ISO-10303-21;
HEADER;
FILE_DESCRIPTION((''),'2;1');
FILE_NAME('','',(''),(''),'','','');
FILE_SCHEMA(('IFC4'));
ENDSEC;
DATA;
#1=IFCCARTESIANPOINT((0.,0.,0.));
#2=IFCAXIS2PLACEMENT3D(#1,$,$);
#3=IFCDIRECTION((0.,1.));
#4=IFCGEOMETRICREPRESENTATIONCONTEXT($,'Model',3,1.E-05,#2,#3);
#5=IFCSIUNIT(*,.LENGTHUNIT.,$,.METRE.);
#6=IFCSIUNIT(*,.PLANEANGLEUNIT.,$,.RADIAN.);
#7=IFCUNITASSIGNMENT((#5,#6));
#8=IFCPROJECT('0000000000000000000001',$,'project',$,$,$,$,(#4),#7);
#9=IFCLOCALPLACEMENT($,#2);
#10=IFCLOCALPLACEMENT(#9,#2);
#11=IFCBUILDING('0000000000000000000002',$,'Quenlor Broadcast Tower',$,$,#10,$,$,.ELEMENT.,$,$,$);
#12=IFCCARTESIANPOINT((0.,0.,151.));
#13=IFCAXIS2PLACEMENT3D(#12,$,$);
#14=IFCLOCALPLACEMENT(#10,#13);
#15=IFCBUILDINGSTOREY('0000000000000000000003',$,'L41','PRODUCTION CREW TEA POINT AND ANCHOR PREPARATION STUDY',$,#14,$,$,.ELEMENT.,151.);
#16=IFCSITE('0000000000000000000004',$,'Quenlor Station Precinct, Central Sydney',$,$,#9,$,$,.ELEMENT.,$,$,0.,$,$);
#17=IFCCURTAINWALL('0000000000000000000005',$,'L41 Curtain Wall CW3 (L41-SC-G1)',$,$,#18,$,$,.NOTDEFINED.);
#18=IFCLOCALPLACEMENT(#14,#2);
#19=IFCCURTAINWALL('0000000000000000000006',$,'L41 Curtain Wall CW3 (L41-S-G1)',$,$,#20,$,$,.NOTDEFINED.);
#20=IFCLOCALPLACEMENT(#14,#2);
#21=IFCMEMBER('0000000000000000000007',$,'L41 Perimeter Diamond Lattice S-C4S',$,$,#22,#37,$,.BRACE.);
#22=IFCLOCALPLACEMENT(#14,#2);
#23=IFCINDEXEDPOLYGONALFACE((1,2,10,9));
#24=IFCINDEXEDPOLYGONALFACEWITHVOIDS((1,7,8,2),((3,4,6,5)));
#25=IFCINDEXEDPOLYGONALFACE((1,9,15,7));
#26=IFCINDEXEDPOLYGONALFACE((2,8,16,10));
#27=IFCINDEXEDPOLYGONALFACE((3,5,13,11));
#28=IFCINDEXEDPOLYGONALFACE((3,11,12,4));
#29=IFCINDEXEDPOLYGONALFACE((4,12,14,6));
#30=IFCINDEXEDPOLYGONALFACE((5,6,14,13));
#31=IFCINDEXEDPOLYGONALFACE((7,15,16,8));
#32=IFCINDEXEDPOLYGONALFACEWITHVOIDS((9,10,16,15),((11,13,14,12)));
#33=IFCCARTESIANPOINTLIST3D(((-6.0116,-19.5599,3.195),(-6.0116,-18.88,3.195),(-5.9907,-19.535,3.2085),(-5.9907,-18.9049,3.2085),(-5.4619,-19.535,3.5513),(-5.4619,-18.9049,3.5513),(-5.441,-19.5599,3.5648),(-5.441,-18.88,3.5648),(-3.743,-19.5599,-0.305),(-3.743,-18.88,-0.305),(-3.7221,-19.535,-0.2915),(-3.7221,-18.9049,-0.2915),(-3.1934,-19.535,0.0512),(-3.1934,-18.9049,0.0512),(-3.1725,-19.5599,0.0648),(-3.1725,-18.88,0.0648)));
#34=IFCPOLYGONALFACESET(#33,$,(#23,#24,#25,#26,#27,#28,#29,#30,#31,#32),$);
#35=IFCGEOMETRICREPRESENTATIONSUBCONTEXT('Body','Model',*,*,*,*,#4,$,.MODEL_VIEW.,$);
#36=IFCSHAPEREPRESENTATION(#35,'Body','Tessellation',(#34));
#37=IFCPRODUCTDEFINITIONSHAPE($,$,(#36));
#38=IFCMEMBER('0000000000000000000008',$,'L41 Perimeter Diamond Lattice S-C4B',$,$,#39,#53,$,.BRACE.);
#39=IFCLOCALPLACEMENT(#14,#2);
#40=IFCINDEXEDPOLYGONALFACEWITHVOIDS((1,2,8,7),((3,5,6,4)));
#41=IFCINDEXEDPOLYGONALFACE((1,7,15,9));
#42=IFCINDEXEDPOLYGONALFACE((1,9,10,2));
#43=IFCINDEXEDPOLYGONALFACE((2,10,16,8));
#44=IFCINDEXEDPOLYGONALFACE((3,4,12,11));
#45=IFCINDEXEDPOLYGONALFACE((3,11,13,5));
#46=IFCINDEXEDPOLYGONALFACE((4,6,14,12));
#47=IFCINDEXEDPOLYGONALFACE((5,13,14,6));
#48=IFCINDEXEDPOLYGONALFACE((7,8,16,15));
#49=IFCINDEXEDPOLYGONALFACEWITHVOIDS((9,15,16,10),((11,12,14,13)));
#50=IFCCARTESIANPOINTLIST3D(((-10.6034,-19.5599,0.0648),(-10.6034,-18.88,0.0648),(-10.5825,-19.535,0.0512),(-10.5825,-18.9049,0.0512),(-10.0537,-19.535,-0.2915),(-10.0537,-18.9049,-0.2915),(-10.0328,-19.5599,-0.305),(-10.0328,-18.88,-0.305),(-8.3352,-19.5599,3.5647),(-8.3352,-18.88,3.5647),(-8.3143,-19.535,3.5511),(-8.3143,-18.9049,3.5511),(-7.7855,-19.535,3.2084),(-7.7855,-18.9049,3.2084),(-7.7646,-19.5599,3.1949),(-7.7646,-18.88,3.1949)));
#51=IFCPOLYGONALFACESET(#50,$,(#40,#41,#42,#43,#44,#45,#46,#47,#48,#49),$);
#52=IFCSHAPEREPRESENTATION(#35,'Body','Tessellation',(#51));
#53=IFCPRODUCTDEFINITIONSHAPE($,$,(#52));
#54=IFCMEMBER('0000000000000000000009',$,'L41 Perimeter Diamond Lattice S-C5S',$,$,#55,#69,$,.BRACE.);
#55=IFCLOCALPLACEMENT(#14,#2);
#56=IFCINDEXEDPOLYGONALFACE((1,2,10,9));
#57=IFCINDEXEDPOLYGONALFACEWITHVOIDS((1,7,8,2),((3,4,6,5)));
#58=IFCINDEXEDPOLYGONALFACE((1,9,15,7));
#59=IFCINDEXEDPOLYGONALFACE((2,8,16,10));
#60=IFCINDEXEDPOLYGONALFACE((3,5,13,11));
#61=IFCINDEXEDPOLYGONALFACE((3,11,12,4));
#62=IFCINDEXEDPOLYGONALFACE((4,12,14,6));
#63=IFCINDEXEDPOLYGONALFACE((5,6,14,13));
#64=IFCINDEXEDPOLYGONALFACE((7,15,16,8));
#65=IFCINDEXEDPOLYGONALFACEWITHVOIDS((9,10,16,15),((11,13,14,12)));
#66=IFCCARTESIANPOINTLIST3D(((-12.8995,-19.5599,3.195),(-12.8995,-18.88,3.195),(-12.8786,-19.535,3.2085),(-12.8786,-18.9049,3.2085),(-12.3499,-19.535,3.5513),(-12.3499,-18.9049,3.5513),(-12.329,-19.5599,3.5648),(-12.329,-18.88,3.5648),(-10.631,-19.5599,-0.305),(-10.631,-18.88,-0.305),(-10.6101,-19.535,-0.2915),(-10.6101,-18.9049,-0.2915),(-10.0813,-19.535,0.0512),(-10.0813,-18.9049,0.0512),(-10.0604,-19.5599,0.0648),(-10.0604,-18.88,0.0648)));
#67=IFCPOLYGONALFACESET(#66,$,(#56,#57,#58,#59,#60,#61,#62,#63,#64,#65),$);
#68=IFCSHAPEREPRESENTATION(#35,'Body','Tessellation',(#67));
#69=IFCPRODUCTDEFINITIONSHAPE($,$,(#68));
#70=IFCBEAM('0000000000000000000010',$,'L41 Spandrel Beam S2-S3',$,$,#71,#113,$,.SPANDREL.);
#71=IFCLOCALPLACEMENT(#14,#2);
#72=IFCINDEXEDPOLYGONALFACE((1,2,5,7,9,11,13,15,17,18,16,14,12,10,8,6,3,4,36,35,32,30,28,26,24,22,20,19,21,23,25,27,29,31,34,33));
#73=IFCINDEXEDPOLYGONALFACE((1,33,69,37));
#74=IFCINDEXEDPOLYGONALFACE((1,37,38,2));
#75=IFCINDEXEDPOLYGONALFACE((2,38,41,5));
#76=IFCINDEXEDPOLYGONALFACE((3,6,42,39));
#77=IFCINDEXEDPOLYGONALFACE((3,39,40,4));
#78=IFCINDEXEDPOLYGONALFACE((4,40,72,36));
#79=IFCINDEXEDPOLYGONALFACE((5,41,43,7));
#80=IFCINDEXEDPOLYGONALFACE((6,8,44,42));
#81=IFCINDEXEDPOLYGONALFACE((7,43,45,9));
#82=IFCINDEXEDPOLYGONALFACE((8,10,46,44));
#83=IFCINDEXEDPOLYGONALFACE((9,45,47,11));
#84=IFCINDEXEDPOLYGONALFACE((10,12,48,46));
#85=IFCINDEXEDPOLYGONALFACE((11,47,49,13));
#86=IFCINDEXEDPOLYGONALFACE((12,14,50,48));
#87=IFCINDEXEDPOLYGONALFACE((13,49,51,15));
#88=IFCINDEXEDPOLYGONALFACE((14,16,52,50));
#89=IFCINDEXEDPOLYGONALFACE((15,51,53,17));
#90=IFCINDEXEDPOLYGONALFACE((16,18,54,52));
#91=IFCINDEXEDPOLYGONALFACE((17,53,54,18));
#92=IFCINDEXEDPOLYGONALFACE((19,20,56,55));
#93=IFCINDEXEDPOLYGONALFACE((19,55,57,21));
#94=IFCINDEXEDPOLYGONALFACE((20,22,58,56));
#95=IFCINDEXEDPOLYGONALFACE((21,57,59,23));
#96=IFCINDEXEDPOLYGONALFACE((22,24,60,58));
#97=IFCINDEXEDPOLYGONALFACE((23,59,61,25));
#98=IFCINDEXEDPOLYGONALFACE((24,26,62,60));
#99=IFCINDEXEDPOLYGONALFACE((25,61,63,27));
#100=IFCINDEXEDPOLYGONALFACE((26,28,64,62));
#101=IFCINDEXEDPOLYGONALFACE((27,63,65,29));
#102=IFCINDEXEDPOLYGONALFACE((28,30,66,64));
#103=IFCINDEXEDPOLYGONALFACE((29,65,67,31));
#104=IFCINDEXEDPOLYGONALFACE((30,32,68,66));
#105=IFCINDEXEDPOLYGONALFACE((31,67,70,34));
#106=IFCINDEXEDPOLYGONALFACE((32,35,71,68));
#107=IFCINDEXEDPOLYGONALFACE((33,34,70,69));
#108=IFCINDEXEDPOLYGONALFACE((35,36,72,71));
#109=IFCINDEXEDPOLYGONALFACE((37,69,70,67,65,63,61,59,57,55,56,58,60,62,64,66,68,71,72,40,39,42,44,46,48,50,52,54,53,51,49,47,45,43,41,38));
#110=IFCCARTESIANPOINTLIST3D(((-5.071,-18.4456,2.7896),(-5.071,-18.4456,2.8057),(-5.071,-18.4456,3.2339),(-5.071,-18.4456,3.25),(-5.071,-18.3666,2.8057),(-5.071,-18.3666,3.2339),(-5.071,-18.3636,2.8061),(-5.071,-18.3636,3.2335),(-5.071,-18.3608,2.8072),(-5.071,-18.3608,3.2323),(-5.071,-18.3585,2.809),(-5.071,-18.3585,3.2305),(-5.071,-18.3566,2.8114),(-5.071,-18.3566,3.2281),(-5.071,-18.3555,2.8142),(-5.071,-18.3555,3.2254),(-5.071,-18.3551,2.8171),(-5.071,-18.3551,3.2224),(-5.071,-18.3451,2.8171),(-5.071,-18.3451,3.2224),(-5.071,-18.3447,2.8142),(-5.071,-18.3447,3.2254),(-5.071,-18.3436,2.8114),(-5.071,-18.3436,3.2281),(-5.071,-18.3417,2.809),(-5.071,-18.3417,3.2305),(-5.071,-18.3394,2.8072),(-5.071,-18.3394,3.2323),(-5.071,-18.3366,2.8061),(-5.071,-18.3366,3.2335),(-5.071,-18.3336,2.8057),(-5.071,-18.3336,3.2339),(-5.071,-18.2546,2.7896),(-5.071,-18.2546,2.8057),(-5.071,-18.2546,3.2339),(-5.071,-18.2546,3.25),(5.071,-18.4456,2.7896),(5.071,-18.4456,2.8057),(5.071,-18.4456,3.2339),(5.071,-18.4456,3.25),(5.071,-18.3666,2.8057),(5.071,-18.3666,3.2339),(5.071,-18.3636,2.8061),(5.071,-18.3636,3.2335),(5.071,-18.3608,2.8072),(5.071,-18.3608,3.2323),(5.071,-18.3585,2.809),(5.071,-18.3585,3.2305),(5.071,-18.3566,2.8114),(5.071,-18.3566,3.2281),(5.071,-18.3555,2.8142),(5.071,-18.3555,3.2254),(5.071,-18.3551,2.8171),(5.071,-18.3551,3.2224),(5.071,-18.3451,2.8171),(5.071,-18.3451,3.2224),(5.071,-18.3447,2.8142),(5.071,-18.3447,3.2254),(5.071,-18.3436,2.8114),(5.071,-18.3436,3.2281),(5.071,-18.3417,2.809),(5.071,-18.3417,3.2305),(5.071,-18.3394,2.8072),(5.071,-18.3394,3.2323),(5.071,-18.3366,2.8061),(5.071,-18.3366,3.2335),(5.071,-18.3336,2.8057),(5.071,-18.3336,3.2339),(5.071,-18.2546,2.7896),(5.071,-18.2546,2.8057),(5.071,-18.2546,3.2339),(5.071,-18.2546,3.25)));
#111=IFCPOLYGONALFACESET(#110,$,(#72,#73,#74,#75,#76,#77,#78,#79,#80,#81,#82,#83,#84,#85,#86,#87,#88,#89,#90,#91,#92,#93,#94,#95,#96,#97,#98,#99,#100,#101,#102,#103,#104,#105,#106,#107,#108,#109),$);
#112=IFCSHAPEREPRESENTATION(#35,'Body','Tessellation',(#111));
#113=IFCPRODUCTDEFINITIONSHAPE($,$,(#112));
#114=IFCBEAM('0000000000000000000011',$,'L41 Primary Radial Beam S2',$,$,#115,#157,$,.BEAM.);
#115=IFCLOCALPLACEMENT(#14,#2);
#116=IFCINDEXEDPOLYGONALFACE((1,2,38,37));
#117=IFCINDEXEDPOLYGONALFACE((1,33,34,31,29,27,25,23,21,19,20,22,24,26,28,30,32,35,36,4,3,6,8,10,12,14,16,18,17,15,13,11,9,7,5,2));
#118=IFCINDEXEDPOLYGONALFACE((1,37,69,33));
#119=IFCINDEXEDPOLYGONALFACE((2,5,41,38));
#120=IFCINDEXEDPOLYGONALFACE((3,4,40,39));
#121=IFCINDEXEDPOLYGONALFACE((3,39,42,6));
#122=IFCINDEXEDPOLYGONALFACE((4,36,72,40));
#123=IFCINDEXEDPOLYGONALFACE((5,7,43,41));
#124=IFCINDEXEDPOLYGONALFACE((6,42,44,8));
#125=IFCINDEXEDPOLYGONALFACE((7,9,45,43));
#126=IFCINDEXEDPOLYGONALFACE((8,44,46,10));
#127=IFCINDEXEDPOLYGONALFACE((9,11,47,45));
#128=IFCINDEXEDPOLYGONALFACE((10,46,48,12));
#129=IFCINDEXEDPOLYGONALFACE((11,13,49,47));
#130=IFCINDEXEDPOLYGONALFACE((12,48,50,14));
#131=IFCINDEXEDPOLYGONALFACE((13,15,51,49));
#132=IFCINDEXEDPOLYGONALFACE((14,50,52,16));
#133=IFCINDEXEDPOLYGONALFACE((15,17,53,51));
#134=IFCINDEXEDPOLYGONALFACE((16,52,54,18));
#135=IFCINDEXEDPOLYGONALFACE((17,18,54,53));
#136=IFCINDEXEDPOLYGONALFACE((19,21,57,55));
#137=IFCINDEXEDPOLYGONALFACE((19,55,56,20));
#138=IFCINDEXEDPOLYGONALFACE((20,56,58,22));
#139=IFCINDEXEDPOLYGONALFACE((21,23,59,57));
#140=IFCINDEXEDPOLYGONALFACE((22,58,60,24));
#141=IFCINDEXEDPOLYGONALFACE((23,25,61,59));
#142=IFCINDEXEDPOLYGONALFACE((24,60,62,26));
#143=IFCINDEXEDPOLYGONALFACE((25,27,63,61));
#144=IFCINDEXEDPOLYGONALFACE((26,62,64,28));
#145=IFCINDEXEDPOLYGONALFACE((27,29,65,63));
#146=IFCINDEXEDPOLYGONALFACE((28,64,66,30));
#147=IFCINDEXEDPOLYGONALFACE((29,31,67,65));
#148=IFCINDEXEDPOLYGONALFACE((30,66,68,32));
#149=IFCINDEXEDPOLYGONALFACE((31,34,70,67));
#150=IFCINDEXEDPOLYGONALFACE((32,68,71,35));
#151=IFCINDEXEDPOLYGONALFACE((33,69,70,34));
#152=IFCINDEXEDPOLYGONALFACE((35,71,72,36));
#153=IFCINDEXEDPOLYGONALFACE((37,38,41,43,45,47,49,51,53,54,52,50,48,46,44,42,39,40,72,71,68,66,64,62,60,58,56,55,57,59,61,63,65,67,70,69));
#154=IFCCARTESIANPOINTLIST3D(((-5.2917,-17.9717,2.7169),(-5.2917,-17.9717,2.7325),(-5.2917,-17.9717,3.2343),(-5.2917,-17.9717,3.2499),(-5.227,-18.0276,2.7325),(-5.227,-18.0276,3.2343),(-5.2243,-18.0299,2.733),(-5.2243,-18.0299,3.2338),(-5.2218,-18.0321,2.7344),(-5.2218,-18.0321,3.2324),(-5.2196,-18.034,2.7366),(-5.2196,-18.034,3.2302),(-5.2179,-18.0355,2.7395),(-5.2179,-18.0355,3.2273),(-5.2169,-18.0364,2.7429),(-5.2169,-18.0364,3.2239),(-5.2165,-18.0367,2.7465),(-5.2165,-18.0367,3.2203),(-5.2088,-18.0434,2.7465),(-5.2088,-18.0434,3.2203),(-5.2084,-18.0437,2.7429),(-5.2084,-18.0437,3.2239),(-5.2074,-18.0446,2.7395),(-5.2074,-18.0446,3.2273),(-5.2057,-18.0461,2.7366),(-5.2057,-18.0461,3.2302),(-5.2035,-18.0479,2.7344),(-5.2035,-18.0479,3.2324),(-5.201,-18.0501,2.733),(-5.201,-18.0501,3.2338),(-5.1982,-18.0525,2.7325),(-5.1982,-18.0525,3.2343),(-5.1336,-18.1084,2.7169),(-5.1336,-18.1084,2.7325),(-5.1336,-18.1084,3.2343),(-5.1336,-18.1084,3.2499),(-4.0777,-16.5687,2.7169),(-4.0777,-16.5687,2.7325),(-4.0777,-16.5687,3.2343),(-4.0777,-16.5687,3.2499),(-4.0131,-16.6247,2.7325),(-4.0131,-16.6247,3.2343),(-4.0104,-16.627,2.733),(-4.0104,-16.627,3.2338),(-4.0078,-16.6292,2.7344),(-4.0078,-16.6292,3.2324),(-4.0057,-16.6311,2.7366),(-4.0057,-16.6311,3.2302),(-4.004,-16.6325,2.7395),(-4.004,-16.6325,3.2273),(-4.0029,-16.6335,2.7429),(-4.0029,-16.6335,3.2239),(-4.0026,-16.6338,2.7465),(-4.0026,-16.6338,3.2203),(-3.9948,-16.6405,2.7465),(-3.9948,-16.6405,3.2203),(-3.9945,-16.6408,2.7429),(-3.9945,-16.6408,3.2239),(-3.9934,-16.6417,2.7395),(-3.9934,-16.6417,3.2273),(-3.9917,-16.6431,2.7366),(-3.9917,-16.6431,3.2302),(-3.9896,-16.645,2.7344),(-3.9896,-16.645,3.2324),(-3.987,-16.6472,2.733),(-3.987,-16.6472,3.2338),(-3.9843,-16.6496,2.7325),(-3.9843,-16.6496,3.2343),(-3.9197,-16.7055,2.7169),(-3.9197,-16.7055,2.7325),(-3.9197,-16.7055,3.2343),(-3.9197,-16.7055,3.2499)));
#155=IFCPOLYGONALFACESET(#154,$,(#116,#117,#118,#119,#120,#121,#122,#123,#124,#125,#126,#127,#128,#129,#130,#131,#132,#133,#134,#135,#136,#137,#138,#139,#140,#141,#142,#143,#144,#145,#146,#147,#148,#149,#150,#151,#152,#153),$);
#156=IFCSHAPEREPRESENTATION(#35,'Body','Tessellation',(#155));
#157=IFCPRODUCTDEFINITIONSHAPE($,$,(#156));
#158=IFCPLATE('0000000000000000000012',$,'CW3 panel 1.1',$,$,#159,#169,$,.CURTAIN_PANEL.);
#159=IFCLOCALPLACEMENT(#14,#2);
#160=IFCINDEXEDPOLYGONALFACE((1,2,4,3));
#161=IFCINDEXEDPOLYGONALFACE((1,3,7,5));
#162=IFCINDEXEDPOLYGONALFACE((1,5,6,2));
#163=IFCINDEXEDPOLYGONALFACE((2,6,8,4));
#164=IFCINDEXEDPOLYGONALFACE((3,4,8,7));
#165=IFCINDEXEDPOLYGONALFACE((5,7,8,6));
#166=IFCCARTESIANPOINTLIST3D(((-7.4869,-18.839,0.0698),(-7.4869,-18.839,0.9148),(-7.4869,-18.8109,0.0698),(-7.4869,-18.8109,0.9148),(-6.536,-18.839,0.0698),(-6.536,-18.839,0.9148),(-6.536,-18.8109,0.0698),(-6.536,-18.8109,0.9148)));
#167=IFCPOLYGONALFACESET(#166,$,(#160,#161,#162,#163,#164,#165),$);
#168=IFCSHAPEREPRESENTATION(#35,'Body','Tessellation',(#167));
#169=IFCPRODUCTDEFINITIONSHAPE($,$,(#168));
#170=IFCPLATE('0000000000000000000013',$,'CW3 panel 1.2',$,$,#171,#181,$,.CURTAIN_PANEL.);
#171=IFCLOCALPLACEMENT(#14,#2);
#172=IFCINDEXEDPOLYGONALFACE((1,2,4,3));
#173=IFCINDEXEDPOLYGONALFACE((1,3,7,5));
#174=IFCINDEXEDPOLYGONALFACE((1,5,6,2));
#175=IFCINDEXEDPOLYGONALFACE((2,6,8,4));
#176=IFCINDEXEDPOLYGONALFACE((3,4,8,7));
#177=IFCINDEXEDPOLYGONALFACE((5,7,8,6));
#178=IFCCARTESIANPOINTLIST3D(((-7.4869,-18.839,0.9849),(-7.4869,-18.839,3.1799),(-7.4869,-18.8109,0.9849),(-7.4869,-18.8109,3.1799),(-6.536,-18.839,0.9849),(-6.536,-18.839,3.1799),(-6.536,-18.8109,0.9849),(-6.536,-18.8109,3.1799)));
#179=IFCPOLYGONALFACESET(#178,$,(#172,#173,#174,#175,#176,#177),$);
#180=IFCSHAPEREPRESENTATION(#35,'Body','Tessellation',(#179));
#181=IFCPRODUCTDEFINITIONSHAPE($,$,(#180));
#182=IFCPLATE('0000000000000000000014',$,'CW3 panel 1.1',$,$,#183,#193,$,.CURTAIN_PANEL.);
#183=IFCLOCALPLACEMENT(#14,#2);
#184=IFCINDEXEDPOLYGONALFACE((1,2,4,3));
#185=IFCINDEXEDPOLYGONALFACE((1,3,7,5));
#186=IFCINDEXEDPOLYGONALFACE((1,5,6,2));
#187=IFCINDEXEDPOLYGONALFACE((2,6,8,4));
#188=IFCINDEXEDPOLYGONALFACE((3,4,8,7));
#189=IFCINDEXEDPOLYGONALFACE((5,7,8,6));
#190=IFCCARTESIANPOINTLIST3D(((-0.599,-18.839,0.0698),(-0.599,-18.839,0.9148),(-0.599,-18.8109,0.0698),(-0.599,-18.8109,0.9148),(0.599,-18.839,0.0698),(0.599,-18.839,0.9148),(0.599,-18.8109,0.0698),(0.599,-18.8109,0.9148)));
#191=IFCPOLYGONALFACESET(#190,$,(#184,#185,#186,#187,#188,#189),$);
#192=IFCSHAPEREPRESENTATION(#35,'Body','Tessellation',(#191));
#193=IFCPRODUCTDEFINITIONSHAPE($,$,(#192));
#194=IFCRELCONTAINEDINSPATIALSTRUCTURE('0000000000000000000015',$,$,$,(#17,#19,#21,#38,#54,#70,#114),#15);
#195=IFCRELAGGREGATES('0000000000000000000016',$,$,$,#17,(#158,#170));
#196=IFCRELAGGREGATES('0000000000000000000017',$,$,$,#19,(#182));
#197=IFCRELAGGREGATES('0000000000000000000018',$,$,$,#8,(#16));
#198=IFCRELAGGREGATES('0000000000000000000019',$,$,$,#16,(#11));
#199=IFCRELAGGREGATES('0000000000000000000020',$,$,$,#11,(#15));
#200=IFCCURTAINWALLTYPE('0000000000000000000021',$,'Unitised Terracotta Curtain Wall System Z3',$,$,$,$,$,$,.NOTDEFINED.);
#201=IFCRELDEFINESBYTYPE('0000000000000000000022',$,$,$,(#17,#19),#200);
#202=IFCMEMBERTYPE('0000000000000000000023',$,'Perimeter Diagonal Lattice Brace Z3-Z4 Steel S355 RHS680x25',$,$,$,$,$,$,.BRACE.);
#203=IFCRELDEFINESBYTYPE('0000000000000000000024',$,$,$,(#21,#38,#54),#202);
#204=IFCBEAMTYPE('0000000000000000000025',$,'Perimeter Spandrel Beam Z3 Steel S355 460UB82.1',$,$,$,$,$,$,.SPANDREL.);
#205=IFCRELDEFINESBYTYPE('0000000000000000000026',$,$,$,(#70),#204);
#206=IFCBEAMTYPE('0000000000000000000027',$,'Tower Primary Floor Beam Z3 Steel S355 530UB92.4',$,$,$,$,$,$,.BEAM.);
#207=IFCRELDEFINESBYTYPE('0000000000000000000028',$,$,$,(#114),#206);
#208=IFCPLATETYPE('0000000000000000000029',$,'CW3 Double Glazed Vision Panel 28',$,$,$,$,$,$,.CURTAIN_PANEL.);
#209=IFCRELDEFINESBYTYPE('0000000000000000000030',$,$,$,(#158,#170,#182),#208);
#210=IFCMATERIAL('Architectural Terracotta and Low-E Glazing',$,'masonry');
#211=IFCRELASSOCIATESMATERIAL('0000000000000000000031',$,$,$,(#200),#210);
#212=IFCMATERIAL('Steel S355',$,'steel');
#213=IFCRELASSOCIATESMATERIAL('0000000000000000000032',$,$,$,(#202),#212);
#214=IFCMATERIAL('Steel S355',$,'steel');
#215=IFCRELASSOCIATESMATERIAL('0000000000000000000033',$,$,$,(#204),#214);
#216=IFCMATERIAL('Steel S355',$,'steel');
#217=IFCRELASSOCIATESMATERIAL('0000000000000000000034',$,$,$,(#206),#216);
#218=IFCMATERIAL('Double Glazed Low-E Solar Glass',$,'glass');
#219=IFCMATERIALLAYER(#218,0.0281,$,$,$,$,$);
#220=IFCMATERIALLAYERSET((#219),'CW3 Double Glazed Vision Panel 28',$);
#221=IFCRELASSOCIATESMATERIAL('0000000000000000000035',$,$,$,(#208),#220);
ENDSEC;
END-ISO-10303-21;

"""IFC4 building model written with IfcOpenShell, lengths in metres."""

from ifc_helpers import new_model, si_unit, direction, frame, origin, origin_2d, place, context, subcontext, project, spatial, rectangle, hollow_rectangle, i_section, extrude, material, layer, layer_set, material_profile, profile_set, type_object, element, aggregate, save


model = new_model("IFC4")

# Units and contexts
model_context = context("Model", 3, precision=1e-05, world=origin(), true_north=direction((0.0, 1.0)))
body_context = subcontext(model_context, "Body", "Model", "MODEL_VIEW")
ifc_project = project(units=[si_unit("LENGTHUNIT", "METRE"), si_unit("PLANEANGLEUNIT", "RADIAN")], contexts=[model_context])

# Site, building, storey
site_placement = place(None, origin())
site = spatial("IfcSite", under=ifc_project, at=site_placement, Name="Quenlor Station Precinct, Central Sydney", CompositionType="ELEMENT", RefElevation=0.0)
building_placement = place(site_placement, origin())
building = spatial("IfcBuilding", under=site, at=building_placement, Name="Quenlor Broadcast Tower", CompositionType="ELEMENT")
storey_placement = place(building_placement, frame((0.0, 0.0, 151.0)))
storey = spatial("IfcBuildingStorey", under=building, at=storey_placement, Name="L41", Description="PRODUCTION CREW TEA POINT AND ANCHOR PREPARATION STUDY", CompositionType="ELEMENT", Elevation=151.0)

# Curtain wall
ifc_material_1 = material(Name="Architectural Terracotta and Low-E Glazing", Category="masonry")
curtain_wall_type = type_object("IfcCurtainWallType", Name="Unitised Terracotta Curtain Wall System Z3", PredefinedType="NOTDEFINED", material=ifc_material_1)
curtain_wall_1_placement = place(storey_placement, origin())
curtain_wall_1 = element("IfcCurtainWall", 1, at=curtain_wall_1_placement, inside=storey, type_object=curtain_wall_type, Name="L41 Curtain Wall CW3 (L41-SC-G1)", PredefinedType="NOTDEFINED")

# Curtain wall
curtain_wall_2_placement = place(storey_placement, origin())
curtain_wall_2 = element("IfcCurtainWall", 2, at=curtain_wall_2_placement, inside=storey, type_object=curtain_wall_type, Name="L41 Curtain Wall CW3 (L41-S-G1)", PredefinedType="NOTDEFINED")

# Members
ifc_material_2 = material(Name="Steel S355", Category="steel")
ifc_material_profile_1 = material_profile(ifc_material_2, hollow_rectangle(XDim=0.6799, YDim=0.6799, WallThickness=0.0249, at=origin_2d()))
ifc_profile_set_1 = profile_set([ifc_material_profile_1], Name="Steel S355 RHS680x680x25")
member_type_1 = type_object("IfcMemberType", Name="Perimeter Diagonal Lattice Brace Z3-Z4 Steel S355 RHS680x25", PredefinedType="BRACE", material=ifc_profile_set_1)
member_1_placement = place(storey_placement, frame((-3.4578, -19.22, -0.1201), z_axis=(-0.543902, 0.0, 0.839149), x_axis=(0.0, -1.0, 0.0)))
element("IfcMember", 3, at=member_1_placement, inside=storey, type_object=member_type_1, Name="L41 Perimeter Diamond Lattice S-C4S", PredefinedType="BRACE", context=body_context, shape_type="SweptSolid", body=[
    extrude(hollow_rectangle(XDim=0.6799, YDim=0.6799, WallThickness=0.0249, at=origin_2d()), origin(), (0.0, 0.0, 1.0), 4.1709),
])
member_2_placement = place(storey_placement, frame((-10.3181, -19.22, -0.1201), z_axis=(0.54386, 0.0, 0.839176), x_axis=(0.0, 1.0, 0.0)))
element("IfcMember", 4, at=member_2_placement, inside=storey, type_object=member_type_1, Name="L41 Perimeter Diamond Lattice S-C4B", PredefinedType="BRACE", context=body_context, shape_type="SweptSolid", body=[
    extrude(hollow_rectangle(XDim=0.6799, YDim=0.6799, WallThickness=0.0249, at=origin_2d()), origin(), (0.0, 0.0, 1.0), 4.1707),
])
member_3_placement = place(storey_placement, frame((-10.3457, -19.22, -0.1201), z_axis=(-0.543902, 0.0, 0.839149), x_axis=(0.0, -1.0, 0.0)))
element("IfcMember", 5, at=member_3_placement, inside=storey, type_object=member_type_1, Name="L41 Perimeter Diamond Lattice S-C5S", PredefinedType="BRACE", context=body_context, shape_type="SweptSolid", body=[
    extrude(hollow_rectangle(XDim=0.6799, YDim=0.6799, WallThickness=0.0249, at=origin_2d()), origin(), (0.0, 0.0, 1.0), 4.1709),
])

# Beams
ifc_material_3 = material(Name="Steel S355", Category="steel")
ifc_material_profile_2 = material_profile(ifc_material_3, i_section(OverallWidth=0.1909, OverallDepth=0.4604, WebThickness=0.01, FlangeThickness=0.0161, FilletRadius=0.0115, at=origin_2d()))
ifc_profile_set_2 = profile_set([ifc_material_profile_2], Name="Steel S355 460UB82.1")
beam_type_1 = type_object("IfcBeamType", Name="Perimeter Spandrel Beam Z3 Steel S355 460UB82.1", PredefinedType="SPANDREL", material=ifc_profile_set_2)
beam_1_placement = place(storey_placement, frame((-5.071, -18.3501, 3.0198), z_axis=(1.0, 0.0, 0.0), x_axis=(0.0, 1.0, 0.0)))
element("IfcBeam", 6, at=beam_1_placement, inside=storey, type_object=beam_type_1, Name="L41 Spandrel Beam S2-S3", PredefinedType="SPANDREL", context=body_context, shape_type="SweptSolid", body=[
    extrude(i_section(OverallWidth=0.1909, OverallDepth=0.4604, WebThickness=0.01, FlangeThickness=0.0161, FilletRadius=0.0115, at=origin_2d()), origin(), (0.0, 0.0, 1.0), 10.1421),
])
ifc_material_4 = material(Name="Steel S355", Category="steel")
ifc_material_profile_3 = material_profile(ifc_material_4, i_section(OverallWidth=0.209, OverallDepth=0.533, WebThickness=0.0103, FlangeThickness=0.0156, FilletRadius=0.0139, at=origin_2d()))
ifc_profile_set_3 = profile_set([ifc_material_profile_3], Name="Steel S355 530UB92.4")
beam_type_2 = type_object("IfcBeamType", Name="Tower Primary Floor Beam Z3 Steel S355 530UB92.4", PredefinedType="BEAM", material=ifc_profile_set_3)
beam_2_placement = place(storey_placement, frame((-5.2126, -18.04, 2.9834), z_axis=(0.654339, 0.756201, 0.0), x_axis=(-0.756201, 0.654339, 0.0)))
element("IfcBeam", 7, at=beam_2_placement, inside=storey, type_object=beam_type_2, Name="L41 Primary Radial Beam S2", PredefinedType="BEAM", context=body_context, shape_type="SweptSolid", body=[
    extrude(i_section(OverallWidth=0.209, OverallDepth=0.533, WebThickness=0.0103, FlangeThickness=0.0156, FilletRadius=0.0139, at=origin_2d()), origin(), (0.0, 0.0, 1.0), 1.8552),
])

# Plates
ifc_material_5 = material(Name="Double Glazed Low-E Solar Glass", Category="glass")
ifc_layer_1 = layer(ifc_material_5, 0.0281)
ifc_layer_set_1 = layer_set([ifc_layer_1], Name="CW3 Double Glazed Vision Panel 28")
plate_type_1 = type_object("IfcPlateType", Name="CW3 Double Glazed Vision Panel 28", PredefinedType="CURTAIN_PANEL", material=ifc_layer_set_1)
plate_1_placement = place(storey_placement, frame((-7.0115, -18.825, 0.0698), z_axis=(0.0, 0.0, 1.0), x_axis=(-1.0, 0.0, 0.0)))
plate_1 = element("IfcPlate", 8, at=plate_1_placement, type_object=plate_type_1, Name="CW3 panel 1.1", PredefinedType="CURTAIN_PANEL", context=body_context, shape_type="SweptSolid", body=[
    extrude(rectangle(XDim=0.9509, YDim=0.0281, at=origin_2d()), origin(), (0.0, 0.0, 1.0), 0.845),
])
plate_2_placement = place(storey_placement, frame((-7.0115, -18.825, 0.9849), z_axis=(0.0, 0.0, 1.0), x_axis=(-1.0, 0.0, 0.0)))
plate_2 = element("IfcPlate", 9, at=plate_2_placement, type_object=plate_type_1, Name="CW3 panel 1.2", PredefinedType="CURTAIN_PANEL", context=body_context, shape_type="SweptSolid", body=[
    extrude(rectangle(XDim=0.9509, YDim=0.0281, at=origin_2d()), origin(), (0.0, 0.0, 1.0), 2.1951),
])
aggregate(curtain_wall_1, [plate_1, plate_2])
plate_3_placement = place(storey_placement, frame((0.0, -18.825, 0.0698), z_axis=(0.0, 0.0, 1.0), x_axis=(-1.0, 0.0, 0.0)))
plate_3 = element("IfcPlate", 10, at=plate_3_placement, type_object=plate_type_1, Name="CW3 panel 1.1", PredefinedType="CURTAIN_PANEL", context=body_context, shape_type="SweptSolid", body=[
    extrude(rectangle(XDim=1.198, YDim=0.0281, at=origin_2d()), origin(), (0.0, 0.0, 1.0), 0.845),
])
aggregate(curtain_wall_2, [plate_3])

save(model, "model.ifc")
